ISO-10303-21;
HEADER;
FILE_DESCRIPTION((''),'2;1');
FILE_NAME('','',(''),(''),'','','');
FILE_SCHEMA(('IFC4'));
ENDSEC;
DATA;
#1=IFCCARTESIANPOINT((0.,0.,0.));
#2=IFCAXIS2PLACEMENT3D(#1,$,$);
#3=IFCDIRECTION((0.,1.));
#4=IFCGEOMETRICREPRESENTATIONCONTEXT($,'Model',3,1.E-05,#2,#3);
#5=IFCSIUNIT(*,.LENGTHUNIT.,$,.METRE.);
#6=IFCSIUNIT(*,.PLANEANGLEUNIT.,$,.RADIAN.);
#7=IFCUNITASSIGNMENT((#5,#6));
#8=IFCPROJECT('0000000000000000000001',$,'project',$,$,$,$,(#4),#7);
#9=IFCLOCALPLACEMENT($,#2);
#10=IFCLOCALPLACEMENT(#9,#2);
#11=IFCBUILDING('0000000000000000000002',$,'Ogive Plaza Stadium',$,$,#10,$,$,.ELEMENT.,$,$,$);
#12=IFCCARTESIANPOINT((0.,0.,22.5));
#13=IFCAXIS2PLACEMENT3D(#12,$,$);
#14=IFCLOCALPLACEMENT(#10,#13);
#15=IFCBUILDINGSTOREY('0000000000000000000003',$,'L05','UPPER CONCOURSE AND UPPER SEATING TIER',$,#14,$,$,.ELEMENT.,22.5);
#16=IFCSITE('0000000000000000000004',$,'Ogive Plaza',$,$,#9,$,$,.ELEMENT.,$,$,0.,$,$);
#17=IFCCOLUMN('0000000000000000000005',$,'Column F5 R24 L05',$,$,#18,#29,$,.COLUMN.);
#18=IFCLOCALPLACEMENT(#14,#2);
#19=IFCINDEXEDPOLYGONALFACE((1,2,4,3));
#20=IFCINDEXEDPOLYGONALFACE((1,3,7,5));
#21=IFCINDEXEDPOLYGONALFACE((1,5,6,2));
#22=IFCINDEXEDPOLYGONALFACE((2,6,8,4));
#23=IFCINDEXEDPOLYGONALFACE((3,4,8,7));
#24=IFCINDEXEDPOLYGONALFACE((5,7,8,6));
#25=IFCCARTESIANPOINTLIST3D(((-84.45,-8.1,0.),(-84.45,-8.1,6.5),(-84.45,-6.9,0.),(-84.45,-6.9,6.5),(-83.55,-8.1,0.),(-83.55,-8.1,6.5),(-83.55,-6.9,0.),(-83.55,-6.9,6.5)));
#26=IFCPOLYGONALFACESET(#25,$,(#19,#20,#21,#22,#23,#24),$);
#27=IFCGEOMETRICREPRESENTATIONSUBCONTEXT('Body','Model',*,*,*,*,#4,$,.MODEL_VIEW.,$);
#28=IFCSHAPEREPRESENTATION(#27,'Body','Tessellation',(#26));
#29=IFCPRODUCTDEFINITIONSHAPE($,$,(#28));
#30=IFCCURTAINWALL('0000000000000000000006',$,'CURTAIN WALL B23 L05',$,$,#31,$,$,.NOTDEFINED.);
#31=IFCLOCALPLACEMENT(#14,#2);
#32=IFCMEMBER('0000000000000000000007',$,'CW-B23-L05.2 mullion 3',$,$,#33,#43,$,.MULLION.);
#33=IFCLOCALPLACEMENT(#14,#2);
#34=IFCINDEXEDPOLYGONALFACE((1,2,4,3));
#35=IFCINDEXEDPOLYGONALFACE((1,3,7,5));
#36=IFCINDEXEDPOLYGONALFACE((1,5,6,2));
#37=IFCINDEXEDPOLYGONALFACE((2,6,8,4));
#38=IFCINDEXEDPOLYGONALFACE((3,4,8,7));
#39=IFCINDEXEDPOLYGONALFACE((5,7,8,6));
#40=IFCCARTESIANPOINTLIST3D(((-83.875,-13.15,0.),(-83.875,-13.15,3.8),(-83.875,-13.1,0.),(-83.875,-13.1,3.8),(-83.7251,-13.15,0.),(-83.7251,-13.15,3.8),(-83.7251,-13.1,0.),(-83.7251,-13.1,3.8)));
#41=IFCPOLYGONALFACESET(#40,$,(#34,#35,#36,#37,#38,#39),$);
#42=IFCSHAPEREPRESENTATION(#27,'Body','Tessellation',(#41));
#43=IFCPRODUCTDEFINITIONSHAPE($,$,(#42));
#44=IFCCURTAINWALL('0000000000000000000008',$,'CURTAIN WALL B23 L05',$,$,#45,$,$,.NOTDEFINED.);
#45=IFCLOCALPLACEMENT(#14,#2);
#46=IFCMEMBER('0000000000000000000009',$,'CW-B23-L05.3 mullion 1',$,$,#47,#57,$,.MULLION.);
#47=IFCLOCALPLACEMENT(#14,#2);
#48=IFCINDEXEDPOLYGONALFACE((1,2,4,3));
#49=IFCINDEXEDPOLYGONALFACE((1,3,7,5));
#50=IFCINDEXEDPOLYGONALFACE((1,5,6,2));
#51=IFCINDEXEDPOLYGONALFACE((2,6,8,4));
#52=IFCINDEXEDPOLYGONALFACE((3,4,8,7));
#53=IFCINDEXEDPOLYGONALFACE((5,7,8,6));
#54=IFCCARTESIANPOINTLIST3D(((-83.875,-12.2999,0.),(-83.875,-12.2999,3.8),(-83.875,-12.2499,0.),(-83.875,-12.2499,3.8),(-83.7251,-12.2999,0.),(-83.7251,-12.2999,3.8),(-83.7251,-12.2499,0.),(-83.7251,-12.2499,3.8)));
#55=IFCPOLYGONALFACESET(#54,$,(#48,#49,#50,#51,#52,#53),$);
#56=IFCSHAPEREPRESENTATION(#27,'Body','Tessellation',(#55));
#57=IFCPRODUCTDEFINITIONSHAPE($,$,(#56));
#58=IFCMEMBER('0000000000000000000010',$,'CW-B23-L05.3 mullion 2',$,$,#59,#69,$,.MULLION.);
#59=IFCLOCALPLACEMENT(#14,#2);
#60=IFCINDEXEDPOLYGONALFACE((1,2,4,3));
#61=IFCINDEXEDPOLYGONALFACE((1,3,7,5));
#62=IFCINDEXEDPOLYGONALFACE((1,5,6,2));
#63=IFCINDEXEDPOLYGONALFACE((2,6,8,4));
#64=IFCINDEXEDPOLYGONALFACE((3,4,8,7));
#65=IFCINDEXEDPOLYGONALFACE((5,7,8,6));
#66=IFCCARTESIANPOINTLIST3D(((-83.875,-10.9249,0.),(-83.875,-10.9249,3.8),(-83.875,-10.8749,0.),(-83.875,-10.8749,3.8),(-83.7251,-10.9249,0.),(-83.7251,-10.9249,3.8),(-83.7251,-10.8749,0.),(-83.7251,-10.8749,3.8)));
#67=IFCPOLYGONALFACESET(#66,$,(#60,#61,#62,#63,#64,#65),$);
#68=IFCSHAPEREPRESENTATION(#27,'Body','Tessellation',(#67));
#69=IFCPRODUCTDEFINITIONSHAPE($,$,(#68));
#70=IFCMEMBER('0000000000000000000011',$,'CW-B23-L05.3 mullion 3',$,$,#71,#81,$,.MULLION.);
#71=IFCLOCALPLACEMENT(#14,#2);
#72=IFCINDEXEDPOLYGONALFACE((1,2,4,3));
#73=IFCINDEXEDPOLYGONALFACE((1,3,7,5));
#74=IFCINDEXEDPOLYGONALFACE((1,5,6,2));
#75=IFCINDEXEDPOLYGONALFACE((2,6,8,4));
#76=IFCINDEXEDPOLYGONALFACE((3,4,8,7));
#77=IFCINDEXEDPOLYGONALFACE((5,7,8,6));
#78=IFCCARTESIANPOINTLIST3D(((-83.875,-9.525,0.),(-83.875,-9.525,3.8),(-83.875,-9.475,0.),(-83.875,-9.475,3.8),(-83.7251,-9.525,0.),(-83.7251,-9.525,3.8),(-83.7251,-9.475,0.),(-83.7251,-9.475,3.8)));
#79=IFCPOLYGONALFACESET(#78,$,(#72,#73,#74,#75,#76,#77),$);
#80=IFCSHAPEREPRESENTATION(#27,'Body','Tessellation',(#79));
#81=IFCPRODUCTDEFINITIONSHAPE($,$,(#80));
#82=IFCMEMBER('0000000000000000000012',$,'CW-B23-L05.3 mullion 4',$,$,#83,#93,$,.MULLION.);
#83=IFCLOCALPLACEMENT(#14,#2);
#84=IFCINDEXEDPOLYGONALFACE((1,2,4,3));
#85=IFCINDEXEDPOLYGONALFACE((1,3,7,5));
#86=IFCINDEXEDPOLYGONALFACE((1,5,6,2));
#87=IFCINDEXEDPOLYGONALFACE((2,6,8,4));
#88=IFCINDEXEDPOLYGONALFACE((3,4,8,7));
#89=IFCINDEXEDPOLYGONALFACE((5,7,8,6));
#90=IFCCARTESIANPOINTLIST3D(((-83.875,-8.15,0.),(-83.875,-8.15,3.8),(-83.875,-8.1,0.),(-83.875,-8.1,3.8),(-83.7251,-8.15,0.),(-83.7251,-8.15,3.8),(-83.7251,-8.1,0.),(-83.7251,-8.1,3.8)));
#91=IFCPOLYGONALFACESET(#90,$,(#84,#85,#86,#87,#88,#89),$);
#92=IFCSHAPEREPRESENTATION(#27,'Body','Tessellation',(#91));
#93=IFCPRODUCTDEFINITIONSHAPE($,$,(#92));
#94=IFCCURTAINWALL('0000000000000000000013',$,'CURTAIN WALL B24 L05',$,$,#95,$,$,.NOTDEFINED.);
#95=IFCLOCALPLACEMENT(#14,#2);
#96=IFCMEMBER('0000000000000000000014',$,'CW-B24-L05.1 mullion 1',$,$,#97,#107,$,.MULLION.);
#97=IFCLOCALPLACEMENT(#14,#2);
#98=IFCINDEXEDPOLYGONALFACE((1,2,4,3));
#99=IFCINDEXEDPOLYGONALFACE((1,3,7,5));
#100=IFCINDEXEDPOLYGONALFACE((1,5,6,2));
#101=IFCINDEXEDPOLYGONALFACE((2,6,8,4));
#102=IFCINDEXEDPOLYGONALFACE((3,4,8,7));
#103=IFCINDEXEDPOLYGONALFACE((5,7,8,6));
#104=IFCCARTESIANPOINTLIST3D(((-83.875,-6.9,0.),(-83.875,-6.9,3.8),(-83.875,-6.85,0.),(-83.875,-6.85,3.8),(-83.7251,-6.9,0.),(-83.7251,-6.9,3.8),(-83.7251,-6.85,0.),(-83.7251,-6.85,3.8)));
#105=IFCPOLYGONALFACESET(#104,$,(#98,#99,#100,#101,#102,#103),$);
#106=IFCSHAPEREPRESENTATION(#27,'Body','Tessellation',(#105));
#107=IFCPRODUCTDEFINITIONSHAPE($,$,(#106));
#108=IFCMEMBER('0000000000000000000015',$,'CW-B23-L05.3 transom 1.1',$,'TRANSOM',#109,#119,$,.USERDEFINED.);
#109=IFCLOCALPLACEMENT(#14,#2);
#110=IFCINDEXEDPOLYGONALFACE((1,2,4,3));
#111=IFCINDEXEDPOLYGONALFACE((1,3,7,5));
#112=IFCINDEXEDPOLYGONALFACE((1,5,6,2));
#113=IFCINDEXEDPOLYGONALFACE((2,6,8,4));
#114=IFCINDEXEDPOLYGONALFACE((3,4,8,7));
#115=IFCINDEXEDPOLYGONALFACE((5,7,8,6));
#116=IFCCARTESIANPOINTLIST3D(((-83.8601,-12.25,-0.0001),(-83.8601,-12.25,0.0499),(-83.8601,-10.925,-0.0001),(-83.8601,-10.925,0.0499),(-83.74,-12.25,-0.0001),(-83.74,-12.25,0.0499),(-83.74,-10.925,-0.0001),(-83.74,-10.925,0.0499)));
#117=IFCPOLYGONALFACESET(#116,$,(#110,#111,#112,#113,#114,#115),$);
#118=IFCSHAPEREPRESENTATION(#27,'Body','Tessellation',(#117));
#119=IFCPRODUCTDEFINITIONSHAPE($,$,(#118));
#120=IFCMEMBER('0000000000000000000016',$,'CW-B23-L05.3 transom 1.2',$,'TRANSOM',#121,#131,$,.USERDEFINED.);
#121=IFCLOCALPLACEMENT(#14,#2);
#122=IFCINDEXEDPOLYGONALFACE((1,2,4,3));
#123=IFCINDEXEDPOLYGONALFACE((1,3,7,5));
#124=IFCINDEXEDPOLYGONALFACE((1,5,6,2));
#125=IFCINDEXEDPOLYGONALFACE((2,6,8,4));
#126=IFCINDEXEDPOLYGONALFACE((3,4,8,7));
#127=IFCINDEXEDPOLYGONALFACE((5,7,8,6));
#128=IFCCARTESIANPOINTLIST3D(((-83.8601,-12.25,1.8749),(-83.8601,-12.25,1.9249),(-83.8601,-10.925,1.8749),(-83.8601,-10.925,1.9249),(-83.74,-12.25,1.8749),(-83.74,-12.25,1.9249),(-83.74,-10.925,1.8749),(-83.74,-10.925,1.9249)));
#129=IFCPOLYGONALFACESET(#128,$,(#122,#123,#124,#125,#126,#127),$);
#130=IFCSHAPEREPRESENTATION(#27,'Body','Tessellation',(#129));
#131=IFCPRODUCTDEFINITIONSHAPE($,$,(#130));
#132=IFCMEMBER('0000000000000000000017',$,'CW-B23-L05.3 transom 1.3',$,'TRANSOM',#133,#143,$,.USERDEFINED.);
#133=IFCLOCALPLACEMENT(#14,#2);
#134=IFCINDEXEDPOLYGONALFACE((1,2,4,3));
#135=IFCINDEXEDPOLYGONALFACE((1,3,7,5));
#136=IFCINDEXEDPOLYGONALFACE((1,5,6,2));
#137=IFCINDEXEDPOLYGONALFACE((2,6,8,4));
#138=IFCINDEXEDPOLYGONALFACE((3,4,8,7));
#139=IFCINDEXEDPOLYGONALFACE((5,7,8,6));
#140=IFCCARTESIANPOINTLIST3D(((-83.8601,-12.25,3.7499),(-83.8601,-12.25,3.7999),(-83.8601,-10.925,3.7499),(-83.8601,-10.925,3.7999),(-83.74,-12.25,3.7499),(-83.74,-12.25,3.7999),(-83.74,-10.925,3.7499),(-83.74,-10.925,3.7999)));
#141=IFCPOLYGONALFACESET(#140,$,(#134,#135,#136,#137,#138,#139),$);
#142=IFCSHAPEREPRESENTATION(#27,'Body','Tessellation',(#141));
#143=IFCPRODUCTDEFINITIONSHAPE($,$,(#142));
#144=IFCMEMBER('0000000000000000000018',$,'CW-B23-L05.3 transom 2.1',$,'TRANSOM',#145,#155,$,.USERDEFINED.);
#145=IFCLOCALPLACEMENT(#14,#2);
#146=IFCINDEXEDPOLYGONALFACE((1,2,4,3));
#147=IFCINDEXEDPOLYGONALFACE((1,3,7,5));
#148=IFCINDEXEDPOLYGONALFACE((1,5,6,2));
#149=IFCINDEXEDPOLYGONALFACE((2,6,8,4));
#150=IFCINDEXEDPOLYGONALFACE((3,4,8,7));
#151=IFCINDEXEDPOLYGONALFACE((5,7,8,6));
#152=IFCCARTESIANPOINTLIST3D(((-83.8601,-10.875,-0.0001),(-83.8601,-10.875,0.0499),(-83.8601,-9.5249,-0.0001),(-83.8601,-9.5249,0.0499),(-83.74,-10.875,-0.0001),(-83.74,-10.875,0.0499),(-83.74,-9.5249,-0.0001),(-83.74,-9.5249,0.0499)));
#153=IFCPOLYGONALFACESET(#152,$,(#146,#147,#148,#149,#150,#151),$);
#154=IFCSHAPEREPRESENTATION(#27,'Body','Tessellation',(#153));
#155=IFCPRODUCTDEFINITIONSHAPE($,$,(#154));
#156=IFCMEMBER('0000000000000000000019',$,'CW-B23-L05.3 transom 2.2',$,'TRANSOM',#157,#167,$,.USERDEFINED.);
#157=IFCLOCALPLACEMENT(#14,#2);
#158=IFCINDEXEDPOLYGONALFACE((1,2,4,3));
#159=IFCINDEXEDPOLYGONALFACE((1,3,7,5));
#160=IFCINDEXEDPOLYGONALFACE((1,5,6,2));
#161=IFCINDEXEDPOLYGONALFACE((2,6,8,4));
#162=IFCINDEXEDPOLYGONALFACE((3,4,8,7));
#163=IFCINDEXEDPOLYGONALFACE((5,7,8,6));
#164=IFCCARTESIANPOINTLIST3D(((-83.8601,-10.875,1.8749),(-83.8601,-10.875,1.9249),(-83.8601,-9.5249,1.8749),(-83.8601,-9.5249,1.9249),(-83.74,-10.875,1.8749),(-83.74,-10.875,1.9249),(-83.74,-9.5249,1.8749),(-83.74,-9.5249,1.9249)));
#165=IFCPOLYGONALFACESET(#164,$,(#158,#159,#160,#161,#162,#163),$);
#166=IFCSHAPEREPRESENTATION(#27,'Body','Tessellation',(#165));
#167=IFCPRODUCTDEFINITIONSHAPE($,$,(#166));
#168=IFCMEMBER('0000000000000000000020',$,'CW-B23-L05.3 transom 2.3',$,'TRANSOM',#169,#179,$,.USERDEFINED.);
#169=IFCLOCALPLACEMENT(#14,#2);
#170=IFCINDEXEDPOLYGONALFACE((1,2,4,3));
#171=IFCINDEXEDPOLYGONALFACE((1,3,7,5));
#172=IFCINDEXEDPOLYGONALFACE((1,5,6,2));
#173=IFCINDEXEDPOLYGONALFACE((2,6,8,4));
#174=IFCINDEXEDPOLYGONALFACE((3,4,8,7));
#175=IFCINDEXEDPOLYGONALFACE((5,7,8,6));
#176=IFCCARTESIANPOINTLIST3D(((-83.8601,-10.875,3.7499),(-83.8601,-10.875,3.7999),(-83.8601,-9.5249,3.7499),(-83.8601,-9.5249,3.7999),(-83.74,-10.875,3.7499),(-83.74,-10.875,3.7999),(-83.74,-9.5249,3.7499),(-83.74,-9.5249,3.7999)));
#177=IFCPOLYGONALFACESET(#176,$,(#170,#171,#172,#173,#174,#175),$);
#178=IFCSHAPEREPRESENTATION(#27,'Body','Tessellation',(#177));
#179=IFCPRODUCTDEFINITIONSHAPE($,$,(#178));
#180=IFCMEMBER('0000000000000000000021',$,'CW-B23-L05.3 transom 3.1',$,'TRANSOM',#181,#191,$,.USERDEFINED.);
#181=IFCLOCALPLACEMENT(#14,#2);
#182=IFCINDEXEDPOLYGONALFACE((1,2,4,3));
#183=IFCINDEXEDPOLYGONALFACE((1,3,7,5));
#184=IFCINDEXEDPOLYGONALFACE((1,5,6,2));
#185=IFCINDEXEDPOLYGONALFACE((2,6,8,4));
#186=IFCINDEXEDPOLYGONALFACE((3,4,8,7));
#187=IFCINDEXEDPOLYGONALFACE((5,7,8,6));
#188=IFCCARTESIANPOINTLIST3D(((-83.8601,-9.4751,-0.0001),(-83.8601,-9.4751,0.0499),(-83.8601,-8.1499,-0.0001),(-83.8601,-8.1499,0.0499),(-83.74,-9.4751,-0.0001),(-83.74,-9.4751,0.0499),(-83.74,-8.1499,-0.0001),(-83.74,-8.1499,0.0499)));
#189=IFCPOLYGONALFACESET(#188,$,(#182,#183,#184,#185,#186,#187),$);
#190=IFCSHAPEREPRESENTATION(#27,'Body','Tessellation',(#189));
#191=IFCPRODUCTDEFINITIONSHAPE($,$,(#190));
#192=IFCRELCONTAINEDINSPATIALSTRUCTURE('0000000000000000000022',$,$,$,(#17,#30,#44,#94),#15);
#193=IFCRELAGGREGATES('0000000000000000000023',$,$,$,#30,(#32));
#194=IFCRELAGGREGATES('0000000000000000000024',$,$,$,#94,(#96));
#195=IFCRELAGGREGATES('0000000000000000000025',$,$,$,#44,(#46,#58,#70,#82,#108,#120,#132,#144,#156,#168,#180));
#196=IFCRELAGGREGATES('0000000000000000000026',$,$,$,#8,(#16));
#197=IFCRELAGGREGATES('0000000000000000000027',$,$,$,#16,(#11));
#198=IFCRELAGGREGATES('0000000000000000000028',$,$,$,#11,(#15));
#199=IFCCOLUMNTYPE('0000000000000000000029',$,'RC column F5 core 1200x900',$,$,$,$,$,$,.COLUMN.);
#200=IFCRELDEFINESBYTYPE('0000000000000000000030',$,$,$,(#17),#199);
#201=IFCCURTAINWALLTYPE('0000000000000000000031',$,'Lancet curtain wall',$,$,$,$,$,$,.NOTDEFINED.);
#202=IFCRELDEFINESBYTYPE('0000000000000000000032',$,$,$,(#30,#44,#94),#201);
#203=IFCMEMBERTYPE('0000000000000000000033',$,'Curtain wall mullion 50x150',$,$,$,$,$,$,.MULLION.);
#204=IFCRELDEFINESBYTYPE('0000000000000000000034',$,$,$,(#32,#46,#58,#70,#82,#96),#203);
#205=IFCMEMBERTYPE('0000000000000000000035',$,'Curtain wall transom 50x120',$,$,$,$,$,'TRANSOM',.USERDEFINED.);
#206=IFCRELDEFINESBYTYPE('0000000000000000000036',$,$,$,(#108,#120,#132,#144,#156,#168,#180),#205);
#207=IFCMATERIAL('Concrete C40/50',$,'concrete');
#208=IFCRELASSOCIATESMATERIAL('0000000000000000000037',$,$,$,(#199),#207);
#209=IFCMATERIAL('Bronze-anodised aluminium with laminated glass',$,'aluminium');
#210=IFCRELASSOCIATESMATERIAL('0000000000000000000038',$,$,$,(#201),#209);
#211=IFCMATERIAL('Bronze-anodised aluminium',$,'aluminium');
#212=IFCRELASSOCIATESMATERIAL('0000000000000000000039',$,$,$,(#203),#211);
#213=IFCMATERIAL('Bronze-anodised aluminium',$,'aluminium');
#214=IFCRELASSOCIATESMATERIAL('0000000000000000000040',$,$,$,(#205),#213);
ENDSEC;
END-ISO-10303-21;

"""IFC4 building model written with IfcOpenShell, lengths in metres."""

from ifc_helpers import new_model, si_unit, direction, frame, origin, origin_2d, place, context, subcontext, project, spatial, rectangle, extrude, material, material_profile, profile_set, type_object, element, aggregate, save


model = new_model("IFC4")

# Units and contexts
model_context = context("Model", 3, precision=1e-05, world=origin(), true_north=direction((0.0, 1.0)))
body_context = subcontext(model_context, "Body", "Model", "MODEL_VIEW")
ifc_project = project(units=[si_unit("LENGTHUNIT", "METRE"), si_unit("PLANEANGLEUNIT", "RADIAN")], contexts=[model_context])

# Site, building, storey
site_placement = place(None, origin())
site = spatial("IfcSite", under=ifc_project, at=site_placement, Name="Ogive Plaza", CompositionType="ELEMENT", RefElevation=0.0)
building_placement = place(site_placement, origin())
building = spatial("IfcBuilding", under=site, at=building_placement, Name="Ogive Plaza Stadium", CompositionType="ELEMENT")
storey_placement = place(building_placement, frame((0.0, 0.0, 22.5)))
storey = spatial("IfcBuildingStorey", under=building, at=storey_placement, Name="L05", Description="UPPER CONCOURSE AND UPPER SEATING TIER", CompositionType="ELEMENT", Elevation=22.5)

# Column
ifc_material_1 = material(Name="Concrete C40/50", Category="concrete")
ifc_material_profile_1 = material_profile(ifc_material_1, rectangle(XDim=1.2, YDim=0.8999, at=origin_2d()), Name="RC 1200x900")
ifc_profile_set_1 = profile_set([ifc_material_profile_1], Name="Concrete C40/50")
column_type = type_object("IfcColumnType", Name="RC column F5 core 1200x900", PredefinedType="COLUMN", material=ifc_profile_set_1)
column_placement = place(storey_placement, frame((-84.0, -7.5, 0.0), z_axis=(0.0, 0.0, 1.0), x_axis=(0.0, -1.0, 0.0)))
element("IfcColumn", 1, at=column_placement, inside=storey, type_object=column_type, Name="Column F5 R24 L05", PredefinedType="COLUMN", context=body_context, shape_type="SweptSolid", body=[
    extrude(rectangle(XDim=1.2, YDim=0.8999, at=origin_2d()), origin(), (0.0, 0.0, 1.0), 6.5),
])

# Curtain wall, member
ifc_material_2 = material(Name="Bronze-anodised aluminium with laminated glass", Category="aluminium")
curtain_wall_type = type_object("IfcCurtainWallType", Name="Lancet curtain wall", PredefinedType="NOTDEFINED", material=ifc_material_2)
curtain_wall_1_placement = place(storey_placement, origin())
curtain_wall_1 = element("IfcCurtainWall", 2, at=curtain_wall_1_placement, inside=storey, type_object=curtain_wall_type, Name="CURTAIN WALL B23 L05", PredefinedType="NOTDEFINED")
ifc_material_3 = material(Name="Bronze-anodised aluminium", Category="aluminium")
ifc_material_profile_2 = material_profile(ifc_material_3, rectangle(XDim=0.1499, YDim=0.05, at=origin_2d()), Name="AL 150x50")
ifc_profile_set_2 = profile_set([ifc_material_profile_2], Name="Bronze-anodised aluminium")
member_type_1 = type_object("IfcMemberType", Name="Curtain wall mullion 50x150", PredefinedType="MULLION", material=ifc_profile_set_2)
member_1_placement = place(storey_placement, frame((-83.8, -13.125, 0.0), z_axis=(0.0, 0.0, 1.0), x_axis=(-1.0, 0.0, 0.0)))
member_1 = element("IfcMember", 3, at=member_1_placement, type_object=member_type_1, Name="CW-B23-L05.2 mullion 3", PredefinedType="MULLION", context=body_context, shape_type="SweptSolid", body=[
    extrude(rectangle(XDim=0.1499, YDim=0.05, at=origin_2d()), origin(), (0.0, 0.0, 1.0), 3.8),
])
aggregate(curtain_wall_1, [member_1])

# Curtain wall, members
curtain_wall_2_placement = place(storey_placement, origin())
curtain_wall_2 = element("IfcCurtainWall", 4, at=curtain_wall_2_placement, inside=storey, type_object=curtain_wall_type, Name="CURTAIN WALL B23 L05", PredefinedType="NOTDEFINED")
member_2_placement = place(storey_placement, frame((-83.8, -12.2749, 0.0), z_axis=(0.0, 0.0, 1.0), x_axis=(-1.0, 0.0, 0.0)))
member_2 = element("IfcMember", 5, at=member_2_placement, type_object=member_type_1, Name="CW-B23-L05.3 mullion 1", PredefinedType="MULLION", context=body_context, shape_type="SweptSolid", body=[
    extrude(rectangle(XDim=0.1499, YDim=0.05, at=origin_2d()), origin(), (0.0, 0.0, 1.0), 3.8),
])
member_3_placement = place(storey_placement, frame((-83.8, -10.8999, 0.0), z_axis=(0.0, 0.0, 1.0), x_axis=(-1.0, 0.0, 0.0)))
member_3 = element("IfcMember", 6, at=member_3_placement, type_object=member_type_1, Name="CW-B23-L05.3 mullion 2", PredefinedType="MULLION", context=body_context, shape_type="SweptSolid", body=[
    extrude(rectangle(XDim=0.1499, YDim=0.05, at=origin_2d()), origin(), (0.0, 0.0, 1.0), 3.8),
])
member_4_placement = place(storey_placement, frame((-83.8, -9.5, 0.0), z_axis=(0.0, 0.0, 1.0), x_axis=(-1.0, 0.0, 0.0)))
member_4 = element("IfcMember", 7, at=member_4_placement, type_object=member_type_1, Name="CW-B23-L05.3 mullion 3", PredefinedType="MULLION", context=body_context, shape_type="SweptSolid", body=[
    extrude(rectangle(XDim=0.1499, YDim=0.05, at=origin_2d()), origin(), (0.0, 0.0, 1.0), 3.8),
])
member_5_placement = place(storey_placement, frame((-83.8, -8.125, 0.0), z_axis=(0.0, 0.0, 1.0), x_axis=(-1.0, 0.0, 0.0)))
member_5 = element("IfcMember", 8, at=member_5_placement, type_object=member_type_1, Name="CW-B23-L05.3 mullion 4", PredefinedType="MULLION", context=body_context, shape_type="SweptSolid", body=[
    extrude(rectangle(XDim=0.1499, YDim=0.05, at=origin_2d()), origin(), (0.0, 0.0, 1.0), 3.8),
])

# Curtain wall, member
curtain_wall_3_placement = place(storey_placement, origin())
curtain_wall_3 = element("IfcCurtainWall", 9, at=curtain_wall_3_placement, inside=storey, type_object=curtain_wall_type, Name="CURTAIN WALL B24 L05", PredefinedType="NOTDEFINED")
member_6_placement = place(storey_placement, frame((-83.8, -6.875, 0.0), z_axis=(0.0, 0.0, 1.0), x_axis=(-1.0, 0.0, 0.0)))
member_6 = element("IfcMember", 10, at=member_6_placement, type_object=member_type_1, Name="CW-B24-L05.1 mullion 1", PredefinedType="MULLION", context=body_context, shape_type="SweptSolid", body=[
    extrude(rectangle(XDim=0.1499, YDim=0.05, at=origin_2d()), origin(), (0.0, 0.0, 1.0), 3.8),
])
aggregate(curtain_wall_3, [member_6])

# Members
ifc_material_4 = material(Name="Bronze-anodised aluminium", Category="aluminium")
ifc_material_profile_3 = material_profile(ifc_material_4, rectangle(XDim=0.1201, YDim=0.05, at=origin_2d()), Name="AL 120x50")
ifc_profile_set_3 = profile_set([ifc_material_profile_3], Name="Bronze-anodised aluminium")
member_type_2 = type_object("IfcMemberType", Name="Curtain wall transom 50x120", ElementType="TRANSOM", PredefinedType="USERDEFINED", material=ifc_profile_set_3)
member_7_placement = place(storey_placement, frame((-83.8, -12.25, 0.0249), z_axis=(0.0, 1.0, 0.0), x_axis=(-1.0, 0.0, 0.0)))
member_7 = element("IfcMember", 11, at=member_7_placement, type_object=member_type_2, Name="CW-B23-L05.3 transom 1.1", ObjectType="TRANSOM", PredefinedType="USERDEFINED", context=body_context, shape_type="SweptSolid", body=[
    extrude(rectangle(XDim=0.1201, YDim=0.05, at=origin_2d()), origin(), (0.0, 0.0, 1.0), 1.325),
])
member_8_placement = place(storey_placement, frame((-83.8, -12.25, 1.8999), z_axis=(0.0, 1.0, 0.0), x_axis=(-1.0, 0.0, 0.0)))
member_8 = element("IfcMember", 12, at=member_8_placement, type_object=member_type_2, Name="CW-B23-L05.3 transom 1.2", ObjectType="TRANSOM", PredefinedType="USERDEFINED", context=body_context, shape_type="SweptSolid", body=[
    extrude(rectangle(XDim=0.1201, YDim=0.05, at=origin_2d()), origin(), (0.0, 0.0, 1.0), 1.325),
])
member_9_placement = place(storey_placement, frame((-83.8, -12.25, 3.7749), z_axis=(0.0, 1.0, 0.0), x_axis=(-1.0, 0.0, 0.0)))
member_9 = element("IfcMember", 13, at=member_9_placement, type_object=member_type_2, Name="CW-B23-L05.3 transom 1.3", ObjectType="TRANSOM", PredefinedType="USERDEFINED", context=body_context, shape_type="SweptSolid", body=[
    extrude(rectangle(XDim=0.1201, YDim=0.05, at=origin_2d()), origin(), (0.0, 0.0, 1.0), 1.325),
])
member_10_placement = place(storey_placement, frame((-83.8, -10.875, 0.0249), z_axis=(0.0, 1.0, 0.0), x_axis=(-1.0, 0.0, 0.0)))
member_10 = element("IfcMember", 14, at=member_10_placement, type_object=member_type_2, Name="CW-B23-L05.3 transom 2.1", ObjectType="TRANSOM", PredefinedType="USERDEFINED", context=body_context, shape_type="SweptSolid", body=[
    extrude(rectangle(XDim=0.1201, YDim=0.05, at=origin_2d()), origin(), (0.0, 0.0, 1.0), 1.3501),
])
member_11_placement = place(storey_placement, frame((-83.8, -10.875, 1.8999), z_axis=(0.0, 1.0, 0.0), x_axis=(-1.0, 0.0, 0.0)))
member_11 = element("IfcMember", 15, at=member_11_placement, type_object=member_type_2, Name="CW-B23-L05.3 transom 2.2", ObjectType="TRANSOM", PredefinedType="USERDEFINED", context=body_context, shape_type="SweptSolid", body=[
    extrude(rectangle(XDim=0.1201, YDim=0.05, at=origin_2d()), origin(), (0.0, 0.0, 1.0), 1.3501),
])
member_12_placement = place(storey_placement, frame((-83.8, -10.875, 3.7749), z_axis=(0.0, 1.0, 0.0), x_axis=(-1.0, 0.0, 0.0)))
member_12 = element("IfcMember", 16, at=member_12_placement, type_object=member_type_2, Name="CW-B23-L05.3 transom 2.3", ObjectType="TRANSOM", PredefinedType="USERDEFINED", context=body_context, shape_type="SweptSolid", body=[
    extrude(rectangle(XDim=0.1201, YDim=0.05, at=origin_2d()), origin(), (0.0, 0.0, 1.0), 1.3501),
])
member_13_placement = place(storey_placement, frame((-83.8, -9.4751, 0.0249), z_axis=(0.0, 1.0, 0.0), x_axis=(-1.0, 0.0, 0.0)))
member_13 = element("IfcMember", 17, at=member_13_placement, type_object=member_type_2, Name="CW-B23-L05.3 transom 3.1", ObjectType="TRANSOM", PredefinedType="USERDEFINED", context=body_context, shape_type="SweptSolid", body=[
    extrude(rectangle(XDim=0.1201, YDim=0.05, at=origin_2d()), origin(), (0.0, 0.0, 1.0), 1.3252),
])

aggregate(curtain_wall_2, [member_2, member_3, member_4, member_5, member_7, member_8, member_9, member_10, member_11, member_12, member_13])

save(model, "model.ifc")
